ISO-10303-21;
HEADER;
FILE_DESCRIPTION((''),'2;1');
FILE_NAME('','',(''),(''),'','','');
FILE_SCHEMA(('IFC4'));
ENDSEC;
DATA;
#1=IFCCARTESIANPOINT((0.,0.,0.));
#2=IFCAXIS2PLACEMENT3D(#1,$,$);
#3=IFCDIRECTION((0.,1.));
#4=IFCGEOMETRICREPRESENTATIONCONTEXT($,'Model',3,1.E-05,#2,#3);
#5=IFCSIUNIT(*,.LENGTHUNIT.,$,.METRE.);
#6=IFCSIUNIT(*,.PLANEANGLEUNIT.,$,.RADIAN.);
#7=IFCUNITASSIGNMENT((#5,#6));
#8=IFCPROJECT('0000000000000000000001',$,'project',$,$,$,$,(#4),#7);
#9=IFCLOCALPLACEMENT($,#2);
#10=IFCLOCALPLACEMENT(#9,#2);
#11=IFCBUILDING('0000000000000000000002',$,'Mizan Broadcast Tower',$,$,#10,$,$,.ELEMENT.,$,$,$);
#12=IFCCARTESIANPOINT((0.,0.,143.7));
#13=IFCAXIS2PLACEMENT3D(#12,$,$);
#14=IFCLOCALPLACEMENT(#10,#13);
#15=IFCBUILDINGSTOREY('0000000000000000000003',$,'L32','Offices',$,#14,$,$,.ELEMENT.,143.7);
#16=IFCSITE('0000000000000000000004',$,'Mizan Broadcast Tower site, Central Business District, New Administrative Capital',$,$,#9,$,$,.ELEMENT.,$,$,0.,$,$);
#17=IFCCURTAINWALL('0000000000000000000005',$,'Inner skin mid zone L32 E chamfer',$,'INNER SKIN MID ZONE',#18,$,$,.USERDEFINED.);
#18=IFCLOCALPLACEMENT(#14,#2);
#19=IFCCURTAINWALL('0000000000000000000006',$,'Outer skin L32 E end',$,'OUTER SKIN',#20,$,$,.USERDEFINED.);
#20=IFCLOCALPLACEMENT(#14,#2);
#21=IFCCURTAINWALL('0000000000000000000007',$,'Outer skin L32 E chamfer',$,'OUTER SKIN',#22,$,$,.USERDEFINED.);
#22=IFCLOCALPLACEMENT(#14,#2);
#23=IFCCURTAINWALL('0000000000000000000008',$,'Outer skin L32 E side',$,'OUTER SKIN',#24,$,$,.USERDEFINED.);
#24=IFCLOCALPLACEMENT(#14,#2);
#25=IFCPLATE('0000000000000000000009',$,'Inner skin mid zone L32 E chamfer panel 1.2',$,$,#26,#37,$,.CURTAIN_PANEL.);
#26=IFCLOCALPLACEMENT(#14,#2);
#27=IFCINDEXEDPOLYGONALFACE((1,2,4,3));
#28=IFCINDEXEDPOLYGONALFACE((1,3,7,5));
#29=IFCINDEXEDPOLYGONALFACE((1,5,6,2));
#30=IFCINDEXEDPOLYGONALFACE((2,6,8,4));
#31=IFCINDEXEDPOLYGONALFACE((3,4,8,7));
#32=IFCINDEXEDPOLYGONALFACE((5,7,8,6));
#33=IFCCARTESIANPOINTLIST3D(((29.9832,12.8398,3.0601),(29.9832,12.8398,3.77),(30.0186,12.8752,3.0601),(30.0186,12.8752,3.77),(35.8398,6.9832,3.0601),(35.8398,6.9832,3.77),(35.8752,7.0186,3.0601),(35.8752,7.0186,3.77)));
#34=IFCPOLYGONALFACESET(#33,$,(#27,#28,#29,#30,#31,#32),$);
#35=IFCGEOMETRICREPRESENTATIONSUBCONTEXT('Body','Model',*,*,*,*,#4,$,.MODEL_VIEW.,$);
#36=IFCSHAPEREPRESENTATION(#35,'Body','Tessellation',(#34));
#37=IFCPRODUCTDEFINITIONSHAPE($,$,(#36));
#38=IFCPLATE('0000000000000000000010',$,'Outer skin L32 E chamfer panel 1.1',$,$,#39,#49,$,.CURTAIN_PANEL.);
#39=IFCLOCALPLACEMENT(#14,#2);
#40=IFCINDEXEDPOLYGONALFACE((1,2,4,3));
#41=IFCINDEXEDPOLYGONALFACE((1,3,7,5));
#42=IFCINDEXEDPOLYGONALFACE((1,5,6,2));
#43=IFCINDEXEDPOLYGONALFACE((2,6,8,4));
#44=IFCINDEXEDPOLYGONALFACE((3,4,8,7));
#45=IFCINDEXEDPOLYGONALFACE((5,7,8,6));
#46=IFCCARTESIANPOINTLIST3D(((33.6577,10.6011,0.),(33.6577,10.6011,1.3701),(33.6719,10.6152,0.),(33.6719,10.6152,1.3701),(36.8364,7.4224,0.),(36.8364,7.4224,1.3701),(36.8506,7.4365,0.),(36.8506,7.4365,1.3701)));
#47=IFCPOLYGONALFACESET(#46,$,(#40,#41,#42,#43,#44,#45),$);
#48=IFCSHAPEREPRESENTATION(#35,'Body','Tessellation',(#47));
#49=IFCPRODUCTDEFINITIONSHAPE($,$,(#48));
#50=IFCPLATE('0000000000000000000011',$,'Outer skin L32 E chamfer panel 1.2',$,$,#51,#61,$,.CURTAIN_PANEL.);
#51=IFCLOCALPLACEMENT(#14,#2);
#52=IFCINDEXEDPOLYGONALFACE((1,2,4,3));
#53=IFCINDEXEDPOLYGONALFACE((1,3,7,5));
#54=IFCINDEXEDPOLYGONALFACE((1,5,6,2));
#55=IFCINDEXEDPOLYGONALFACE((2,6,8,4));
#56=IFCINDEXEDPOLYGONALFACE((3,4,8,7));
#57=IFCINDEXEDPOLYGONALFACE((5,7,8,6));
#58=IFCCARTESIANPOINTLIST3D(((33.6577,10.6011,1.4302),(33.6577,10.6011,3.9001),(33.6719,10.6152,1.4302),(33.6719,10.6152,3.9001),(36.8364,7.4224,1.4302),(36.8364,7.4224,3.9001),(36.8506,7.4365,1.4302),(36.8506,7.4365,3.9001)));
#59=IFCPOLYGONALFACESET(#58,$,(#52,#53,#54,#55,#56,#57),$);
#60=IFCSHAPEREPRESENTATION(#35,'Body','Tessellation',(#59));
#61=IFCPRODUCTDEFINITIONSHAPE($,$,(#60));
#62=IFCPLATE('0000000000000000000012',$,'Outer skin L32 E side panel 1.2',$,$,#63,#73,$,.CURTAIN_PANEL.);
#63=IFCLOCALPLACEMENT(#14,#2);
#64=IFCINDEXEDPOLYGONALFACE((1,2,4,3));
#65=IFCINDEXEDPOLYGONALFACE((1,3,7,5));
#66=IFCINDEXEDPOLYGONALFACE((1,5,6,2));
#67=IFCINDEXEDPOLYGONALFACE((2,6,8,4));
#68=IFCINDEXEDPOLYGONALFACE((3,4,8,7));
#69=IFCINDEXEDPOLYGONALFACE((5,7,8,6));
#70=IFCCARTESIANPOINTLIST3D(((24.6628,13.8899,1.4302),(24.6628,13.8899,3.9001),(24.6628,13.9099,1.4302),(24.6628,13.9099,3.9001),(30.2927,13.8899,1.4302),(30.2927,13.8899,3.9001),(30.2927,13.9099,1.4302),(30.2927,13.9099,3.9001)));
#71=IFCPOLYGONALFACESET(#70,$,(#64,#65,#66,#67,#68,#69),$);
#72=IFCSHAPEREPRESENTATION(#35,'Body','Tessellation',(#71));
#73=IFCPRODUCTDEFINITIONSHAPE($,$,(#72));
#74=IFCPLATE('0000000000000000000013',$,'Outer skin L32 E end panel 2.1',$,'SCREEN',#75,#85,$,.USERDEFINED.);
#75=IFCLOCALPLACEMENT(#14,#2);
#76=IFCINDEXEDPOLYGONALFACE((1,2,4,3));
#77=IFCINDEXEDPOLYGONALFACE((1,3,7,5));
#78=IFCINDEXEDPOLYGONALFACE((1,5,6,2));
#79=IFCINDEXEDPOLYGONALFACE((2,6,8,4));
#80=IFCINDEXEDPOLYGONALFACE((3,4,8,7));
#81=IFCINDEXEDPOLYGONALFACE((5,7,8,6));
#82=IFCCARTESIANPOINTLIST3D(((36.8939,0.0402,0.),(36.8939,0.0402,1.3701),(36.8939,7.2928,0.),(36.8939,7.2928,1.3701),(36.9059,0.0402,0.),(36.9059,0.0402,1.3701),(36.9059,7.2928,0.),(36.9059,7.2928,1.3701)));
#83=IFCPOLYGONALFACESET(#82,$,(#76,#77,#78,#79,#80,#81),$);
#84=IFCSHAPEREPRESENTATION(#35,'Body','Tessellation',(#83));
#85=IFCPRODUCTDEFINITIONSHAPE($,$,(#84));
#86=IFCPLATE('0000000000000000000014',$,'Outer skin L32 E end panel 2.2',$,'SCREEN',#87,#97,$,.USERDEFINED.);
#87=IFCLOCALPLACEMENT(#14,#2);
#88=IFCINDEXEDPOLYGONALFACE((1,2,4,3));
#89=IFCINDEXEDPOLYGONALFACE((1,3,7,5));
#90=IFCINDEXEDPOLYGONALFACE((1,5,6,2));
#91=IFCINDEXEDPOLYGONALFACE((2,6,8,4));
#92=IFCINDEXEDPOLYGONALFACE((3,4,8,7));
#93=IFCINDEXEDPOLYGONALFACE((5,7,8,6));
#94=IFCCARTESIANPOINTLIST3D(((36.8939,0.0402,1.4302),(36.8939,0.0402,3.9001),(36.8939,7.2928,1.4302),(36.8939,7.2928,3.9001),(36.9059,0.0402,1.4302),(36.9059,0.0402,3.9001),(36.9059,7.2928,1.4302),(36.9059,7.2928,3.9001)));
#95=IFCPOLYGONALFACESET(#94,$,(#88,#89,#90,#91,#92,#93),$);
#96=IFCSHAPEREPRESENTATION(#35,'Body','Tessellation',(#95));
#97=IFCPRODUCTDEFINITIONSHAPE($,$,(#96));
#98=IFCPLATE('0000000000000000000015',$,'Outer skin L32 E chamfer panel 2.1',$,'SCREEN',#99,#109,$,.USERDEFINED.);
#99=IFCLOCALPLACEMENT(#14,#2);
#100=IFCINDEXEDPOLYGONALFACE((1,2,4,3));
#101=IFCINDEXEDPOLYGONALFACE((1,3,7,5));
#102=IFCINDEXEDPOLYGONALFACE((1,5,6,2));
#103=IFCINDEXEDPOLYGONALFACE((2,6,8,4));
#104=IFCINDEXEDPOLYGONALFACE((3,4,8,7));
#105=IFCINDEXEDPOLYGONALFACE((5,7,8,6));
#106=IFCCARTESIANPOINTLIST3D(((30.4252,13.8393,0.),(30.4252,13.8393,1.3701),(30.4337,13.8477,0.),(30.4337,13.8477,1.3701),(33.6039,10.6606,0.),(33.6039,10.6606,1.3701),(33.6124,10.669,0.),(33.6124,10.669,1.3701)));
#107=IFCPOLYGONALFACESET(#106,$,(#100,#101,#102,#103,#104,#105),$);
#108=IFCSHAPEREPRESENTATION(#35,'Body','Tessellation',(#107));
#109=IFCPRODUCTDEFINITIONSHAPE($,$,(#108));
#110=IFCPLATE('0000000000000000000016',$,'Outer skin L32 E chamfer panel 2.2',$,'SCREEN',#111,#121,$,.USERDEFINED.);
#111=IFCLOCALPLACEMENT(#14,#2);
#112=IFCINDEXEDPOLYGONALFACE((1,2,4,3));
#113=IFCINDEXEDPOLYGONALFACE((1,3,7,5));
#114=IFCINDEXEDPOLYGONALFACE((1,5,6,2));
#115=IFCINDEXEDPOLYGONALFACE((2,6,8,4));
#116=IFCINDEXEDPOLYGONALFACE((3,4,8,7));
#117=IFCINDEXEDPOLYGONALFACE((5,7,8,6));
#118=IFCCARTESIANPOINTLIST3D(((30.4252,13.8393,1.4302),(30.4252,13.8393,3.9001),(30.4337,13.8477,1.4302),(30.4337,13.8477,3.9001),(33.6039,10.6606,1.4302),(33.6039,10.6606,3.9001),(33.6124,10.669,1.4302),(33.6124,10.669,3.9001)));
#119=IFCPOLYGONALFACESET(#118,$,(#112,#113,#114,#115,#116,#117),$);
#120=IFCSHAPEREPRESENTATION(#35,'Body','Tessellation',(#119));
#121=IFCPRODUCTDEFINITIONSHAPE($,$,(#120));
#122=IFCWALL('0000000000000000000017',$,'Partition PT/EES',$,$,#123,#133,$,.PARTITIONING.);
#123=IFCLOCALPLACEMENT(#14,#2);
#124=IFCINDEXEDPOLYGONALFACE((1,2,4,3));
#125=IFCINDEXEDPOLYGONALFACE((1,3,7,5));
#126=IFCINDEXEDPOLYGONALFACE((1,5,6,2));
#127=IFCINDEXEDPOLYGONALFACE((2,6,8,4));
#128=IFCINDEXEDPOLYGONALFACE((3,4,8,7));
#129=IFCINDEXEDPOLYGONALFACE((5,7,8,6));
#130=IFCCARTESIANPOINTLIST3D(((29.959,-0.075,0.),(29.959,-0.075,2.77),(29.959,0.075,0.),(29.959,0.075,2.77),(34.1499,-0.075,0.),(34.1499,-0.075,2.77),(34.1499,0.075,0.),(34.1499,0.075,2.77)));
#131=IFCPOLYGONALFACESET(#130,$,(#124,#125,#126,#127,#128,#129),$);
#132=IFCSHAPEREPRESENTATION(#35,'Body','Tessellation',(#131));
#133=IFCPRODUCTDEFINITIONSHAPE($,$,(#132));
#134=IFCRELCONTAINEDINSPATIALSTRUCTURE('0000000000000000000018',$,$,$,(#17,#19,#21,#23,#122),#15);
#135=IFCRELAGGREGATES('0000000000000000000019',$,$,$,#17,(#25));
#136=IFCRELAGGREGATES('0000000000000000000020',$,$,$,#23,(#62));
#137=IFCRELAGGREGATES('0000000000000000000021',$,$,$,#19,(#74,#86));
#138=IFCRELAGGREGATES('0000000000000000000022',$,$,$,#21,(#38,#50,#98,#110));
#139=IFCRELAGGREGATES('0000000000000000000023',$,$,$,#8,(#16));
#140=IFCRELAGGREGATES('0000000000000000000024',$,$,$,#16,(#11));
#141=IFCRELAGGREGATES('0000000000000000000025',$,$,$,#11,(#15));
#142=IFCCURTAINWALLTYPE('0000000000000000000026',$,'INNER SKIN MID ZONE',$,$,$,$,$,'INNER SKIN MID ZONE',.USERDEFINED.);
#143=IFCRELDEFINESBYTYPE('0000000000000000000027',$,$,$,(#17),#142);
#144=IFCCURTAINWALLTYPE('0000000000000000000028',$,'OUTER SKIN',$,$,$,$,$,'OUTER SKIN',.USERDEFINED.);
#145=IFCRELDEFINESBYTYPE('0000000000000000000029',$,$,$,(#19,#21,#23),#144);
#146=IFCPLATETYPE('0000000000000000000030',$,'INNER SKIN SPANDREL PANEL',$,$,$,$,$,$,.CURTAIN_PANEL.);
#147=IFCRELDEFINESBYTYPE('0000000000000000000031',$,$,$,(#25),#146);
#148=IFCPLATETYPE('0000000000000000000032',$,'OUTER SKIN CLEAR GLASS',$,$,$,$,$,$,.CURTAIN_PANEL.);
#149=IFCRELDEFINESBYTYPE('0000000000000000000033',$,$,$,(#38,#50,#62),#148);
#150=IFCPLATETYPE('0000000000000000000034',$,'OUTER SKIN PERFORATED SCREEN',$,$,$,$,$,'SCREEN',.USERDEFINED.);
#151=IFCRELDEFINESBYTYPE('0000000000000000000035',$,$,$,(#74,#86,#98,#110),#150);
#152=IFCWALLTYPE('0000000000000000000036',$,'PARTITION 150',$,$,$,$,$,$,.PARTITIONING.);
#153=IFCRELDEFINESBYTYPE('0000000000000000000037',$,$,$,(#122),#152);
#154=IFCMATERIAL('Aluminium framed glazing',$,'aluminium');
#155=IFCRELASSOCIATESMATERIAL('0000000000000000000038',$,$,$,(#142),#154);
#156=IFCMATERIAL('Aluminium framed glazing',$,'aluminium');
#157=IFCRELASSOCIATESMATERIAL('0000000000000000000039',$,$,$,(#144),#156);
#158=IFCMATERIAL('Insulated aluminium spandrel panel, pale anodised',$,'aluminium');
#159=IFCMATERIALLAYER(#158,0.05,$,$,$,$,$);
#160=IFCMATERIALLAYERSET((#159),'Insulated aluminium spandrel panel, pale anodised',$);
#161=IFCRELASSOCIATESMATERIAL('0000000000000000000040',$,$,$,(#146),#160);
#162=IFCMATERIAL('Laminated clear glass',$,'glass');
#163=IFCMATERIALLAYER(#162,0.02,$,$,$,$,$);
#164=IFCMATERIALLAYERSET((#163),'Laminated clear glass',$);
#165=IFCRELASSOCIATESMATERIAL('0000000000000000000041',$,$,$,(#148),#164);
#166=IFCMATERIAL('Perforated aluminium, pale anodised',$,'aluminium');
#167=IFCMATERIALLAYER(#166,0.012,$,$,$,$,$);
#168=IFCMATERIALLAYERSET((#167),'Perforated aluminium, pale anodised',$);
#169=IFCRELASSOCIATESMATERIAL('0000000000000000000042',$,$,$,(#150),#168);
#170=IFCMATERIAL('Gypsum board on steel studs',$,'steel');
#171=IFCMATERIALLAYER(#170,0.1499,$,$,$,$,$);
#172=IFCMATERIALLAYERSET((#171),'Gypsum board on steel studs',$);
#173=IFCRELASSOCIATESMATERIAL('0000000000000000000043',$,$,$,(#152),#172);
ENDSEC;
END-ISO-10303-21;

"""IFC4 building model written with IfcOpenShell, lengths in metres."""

from ifc_helpers import new_model, si_unit, direction, frame, frame_2d, origin, origin_2d, place, context, subcontext, project, spatial, rectangle, extrude, material, layer, layer_set, type_object, element, aggregate, save


model = new_model("IFC4")

# Units and contexts
model_context = context("Model", 3, precision=1e-05, world=origin(), true_north=direction((0.0, 1.0)))
body_context = subcontext(model_context, "Body", "Model", "MODEL_VIEW")
ifc_project = project(units=[si_unit("LENGTHUNIT", "METRE"), si_unit("PLANEANGLEUNIT", "RADIAN")], contexts=[model_context])

# Site, building, storey
site_placement = place(None, origin())
site = spatial("IfcSite", under=ifc_project, at=site_placement, Name="Mizan Broadcast Tower site, Central Business District, New Administrative Capital", CompositionType="ELEMENT", RefElevation=0.0)
building_placement = place(site_placement, origin())
building = spatial("IfcBuilding", under=site, at=building_placement, Name="Mizan Broadcast Tower", CompositionType="ELEMENT")
storey_placement = place(building_placement, frame((0.0, 0.0, 143.7)))
storey = spatial("IfcBuildingStorey", under=building, at=storey_placement, Name="L32", Description="Offices", CompositionType="ELEMENT", Elevation=143.7)

# Shared definitions
ifc_material_1 = material(Name="Aluminium framed glazing", Category="aluminium")
curtain_wall_type_1 = type_object("IfcCurtainWallType", Name="INNER SKIN MID ZONE", ElementType="INNER SKIN MID ZONE", PredefinedType="USERDEFINED", material=ifc_material_1)

# Curtain wall
curtain_wall_1_placement = place(storey_placement, origin())
curtain_wall_1 = element("IfcCurtainWall", 1, at=curtain_wall_1_placement, inside=storey, type_object=curtain_wall_type_1, Name="Inner skin mid zone L32 E chamfer", ObjectType="INNER SKIN MID ZONE", PredefinedType="USERDEFINED")

# Curtain walls
ifc_material_2 = material(Name="Aluminium framed glazing", Category="aluminium")
curtain_wall_type_2 = type_object("IfcCurtainWallType", Name="OUTER SKIN", ElementType="OUTER SKIN", PredefinedType="USERDEFINED", material=ifc_material_2)
curtain_wall_2_placement = place(storey_placement, origin())
curtain_wall_2 = element("IfcCurtainWall", 2, at=curtain_wall_2_placement, inside=storey, type_object=curtain_wall_type_2, Name="Outer skin L32 E end", ObjectType="OUTER SKIN", PredefinedType="USERDEFINED")
curtain_wall_3_placement = place(storey_placement, origin())
curtain_wall_3 = element("IfcCurtainWall", 3, at=curtain_wall_3_placement, inside=storey, type_object=curtain_wall_type_2, Name="Outer skin L32 E chamfer", ObjectType="OUTER SKIN", PredefinedType="USERDEFINED")

# Curtain wall
curtain_wall_4_placement = place(storey_placement, origin())
curtain_wall_4 = element("IfcCurtainWall", 4, at=curtain_wall_4_placement, inside=storey, type_object=curtain_wall_type_2, Name="Outer skin L32 E side", ObjectType="OUTER SKIN", PredefinedType="USERDEFINED")

# Plates
ifc_material_3 = material(Name="Insulated aluminium spandrel panel, pale anodised", Category="aluminium")
ifc_layer_1 = layer(ifc_material_3, 0.05)
ifc_layer_set_1 = layer_set([ifc_layer_1], Name="Insulated aluminium spandrel panel, pale anodised")
plate_type_1 = type_object("IfcPlateType", Name="INNER SKIN SPANDREL PANEL", PredefinedType="CURTAIN_PANEL", material=ifc_layer_set_1)
plate_1_placement = place(storey_placement, frame((32.9292, 9.9292, 3.0601), z_axis=(0.0, 0.0, 1.0), x_axis=(-0.707107, 0.707107, 0.0)))
plate_1 = element("IfcPlate", 5, at=plate_1_placement, type_object=plate_type_1, Name="Inner skin mid zone L32 E chamfer panel 1.2", PredefinedType="CURTAIN_PANEL", context=body_context, shape_type="SweptSolid", body=[
    extrude(rectangle(XDim=8.2825, YDim=0.05, at=origin_2d()), origin(), (0.0, 0.0, 1.0), 0.71),
])
aggregate(curtain_wall_1, [plate_1])
ifc_material_4 = material(Name="Laminated clear glass", Category="glass")
ifc_layer_2 = layer(ifc_material_4, 0.02)
ifc_layer_set_2 = layer_set([ifc_layer_2], Name="Laminated clear glass")
plate_type_2 = type_object("IfcPlateType", Name="OUTER SKIN CLEAR GLASS", PredefinedType="CURTAIN_PANEL", material=ifc_layer_set_2)
plate_2_placement = place(storey_placement, frame((35.2542, 9.0188, 0.0), z_axis=(0.0, 0.0, 1.0), x_axis=(-0.707107, 0.707107, 0.0)))
plate_2 = element("IfcPlate", 6, at=plate_2_placement, type_object=plate_type_2, Name="Outer skin L32 E chamfer panel 1.1", PredefinedType="CURTAIN_PANEL", context=body_context, shape_type="SweptSolid", body=[
    extrude(rectangle(XDim=4.4954, YDim=0.02, at=origin_2d()), origin(), (0.0, 0.0, 1.0), 1.3701),
])
plate_3_placement = place(storey_placement, frame((35.2542, 9.0188, 1.4302), z_axis=(0.0, 0.0, 1.0), x_axis=(-0.707107, 0.707107, 0.0)))
plate_3 = element("IfcPlate", 7, at=plate_3_placement, type_object=plate_type_2, Name="Outer skin L32 E chamfer panel 1.2", PredefinedType="CURTAIN_PANEL", context=body_context, shape_type="SweptSolid", body=[
    extrude(rectangle(XDim=4.4954, YDim=0.02, at=origin_2d()), origin(), (0.0, 0.0, 1.0), 2.47),
])
plate_4_placement = place(storey_placement, frame((27.4778, 13.8999, 1.4302), z_axis=(0.0, 0.0, 1.0), x_axis=(-1.0, 0.0, 0.0)))
plate_4 = element("IfcPlate", 8, at=plate_4_placement, type_object=plate_type_2, Name="Outer skin L32 E side panel 1.2", PredefinedType="CURTAIN_PANEL", context=body_context, shape_type="SweptSolid", body=[
    extrude(rectangle(XDim=5.6299, YDim=0.02, at=origin_2d()), origin(), (0.0, 0.0, 1.0), 2.47),
])
aggregate(curtain_wall_4, [plate_4])
ifc_material_5 = material(Name="Perforated aluminium, pale anodised", Category="aluminium")
ifc_layer_3 = layer(ifc_material_5, 0.012)
ifc_layer_set_3 = layer_set([ifc_layer_3], Name="Perforated aluminium, pale anodised")
plate_type_3 = type_object("IfcPlateType", Name="OUTER SKIN PERFORATED SCREEN", ElementType="SCREEN", PredefinedType="USERDEFINED", material=ifc_layer_set_3)
plate_5_placement = place(storey_placement, frame((36.8999, 3.6665, 0.0), z_axis=(0.0, 0.0, 1.0), x_axis=(0.0, 1.0, 0.0)))
plate_5 = element("IfcPlate", 9, at=plate_5_placement, type_object=plate_type_3, Name="Outer skin L32 E end panel 2.1", ObjectType="SCREEN", PredefinedType="USERDEFINED", context=body_context, shape_type="SweptSolid", body=[
    extrude(rectangle(XDim=7.2527, YDim=0.012, at=origin_2d()), origin(), (0.0, 0.0, 1.0), 1.3701),
])
plate_6_placement = place(storey_placement, frame((36.8999, 3.6665, 1.4302), z_axis=(0.0, 0.0, 1.0), x_axis=(0.0, 1.0, 0.0)))
plate_6 = element("IfcPlate", 10, at=plate_6_placement, type_object=plate_type_3, Name="Outer skin L32 E end panel 2.2", ObjectType="SCREEN", PredefinedType="USERDEFINED", context=body_context, shape_type="SweptSolid", body=[
    extrude(rectangle(XDim=7.2527, YDim=0.012, at=origin_2d()), origin(), (0.0, 0.0, 1.0), 2.47),
])
aggregate(curtain_wall_2, [plate_5, plate_6])
plate_7_placement = place(storey_placement, frame((32.0188, 12.2542, 0.0), z_axis=(0.0, 0.0, 1.0), x_axis=(-0.707107, 0.707107, 0.0)))
plate_7 = element("IfcPlate", 11, at=plate_7_placement, type_object=plate_type_3, Name="Outer skin L32 E chamfer panel 2.1", ObjectType="SCREEN", PredefinedType="USERDEFINED", context=body_context, shape_type="SweptSolid", body=[
    extrude(rectangle(XDim=4.4954, YDim=0.012, at=origin_2d()), origin(), (0.0, 0.0, 1.0), 1.3701),
])
plate_8_placement = place(storey_placement, frame((32.0188, 12.2542, 1.4302), z_axis=(0.0, 0.0, 1.0), x_axis=(-0.707107, 0.707107, 0.0)))
plate_8 = element("IfcPlate", 12, at=plate_8_placement, type_object=plate_type_3, Name="Outer skin L32 E chamfer panel 2.2", ObjectType="SCREEN", PredefinedType="USERDEFINED", context=body_context, shape_type="SweptSolid", body=[
    extrude(rectangle(XDim=4.4954, YDim=0.012, at=origin_2d()), origin(), (0.0, 0.0, 1.0), 2.47),
])
aggregate(curtain_wall_3, [plate_2, plate_3, plate_7, plate_8])

# Wall
ifc_material_6 = material(Name="Gypsum board on steel studs", Category="steel")
ifc_layer_4 = layer(ifc_material_6, 0.1499)
ifc_layer_set_4 = layer_set([ifc_layer_4], Name="Gypsum board on steel studs")
wall_type = type_object("IfcWallType", Name="PARTITION 150", PredefinedType="PARTITIONING", material=ifc_layer_set_4)
wall_placement = place(storey_placement, frame((29.959, 0.0, 0.0), z_axis=(0.0, 0.0, 1.0), x_axis=(1.0, 0.0, 0.0)))
element("IfcWall", 13, at=wall_placement, inside=storey, type_object=wall_type, Name="Partition PT/EES", PredefinedType="PARTITIONING", context=body_context, shape_type="SweptSolid", body=[
    extrude(rectangle(XDim=4.1909, YDim=0.1499, at=frame_2d((2.0955, 0.0))), origin(), (0.0, 0.0, 1.0), 2.77),
])

save(model, "model.ifc")
